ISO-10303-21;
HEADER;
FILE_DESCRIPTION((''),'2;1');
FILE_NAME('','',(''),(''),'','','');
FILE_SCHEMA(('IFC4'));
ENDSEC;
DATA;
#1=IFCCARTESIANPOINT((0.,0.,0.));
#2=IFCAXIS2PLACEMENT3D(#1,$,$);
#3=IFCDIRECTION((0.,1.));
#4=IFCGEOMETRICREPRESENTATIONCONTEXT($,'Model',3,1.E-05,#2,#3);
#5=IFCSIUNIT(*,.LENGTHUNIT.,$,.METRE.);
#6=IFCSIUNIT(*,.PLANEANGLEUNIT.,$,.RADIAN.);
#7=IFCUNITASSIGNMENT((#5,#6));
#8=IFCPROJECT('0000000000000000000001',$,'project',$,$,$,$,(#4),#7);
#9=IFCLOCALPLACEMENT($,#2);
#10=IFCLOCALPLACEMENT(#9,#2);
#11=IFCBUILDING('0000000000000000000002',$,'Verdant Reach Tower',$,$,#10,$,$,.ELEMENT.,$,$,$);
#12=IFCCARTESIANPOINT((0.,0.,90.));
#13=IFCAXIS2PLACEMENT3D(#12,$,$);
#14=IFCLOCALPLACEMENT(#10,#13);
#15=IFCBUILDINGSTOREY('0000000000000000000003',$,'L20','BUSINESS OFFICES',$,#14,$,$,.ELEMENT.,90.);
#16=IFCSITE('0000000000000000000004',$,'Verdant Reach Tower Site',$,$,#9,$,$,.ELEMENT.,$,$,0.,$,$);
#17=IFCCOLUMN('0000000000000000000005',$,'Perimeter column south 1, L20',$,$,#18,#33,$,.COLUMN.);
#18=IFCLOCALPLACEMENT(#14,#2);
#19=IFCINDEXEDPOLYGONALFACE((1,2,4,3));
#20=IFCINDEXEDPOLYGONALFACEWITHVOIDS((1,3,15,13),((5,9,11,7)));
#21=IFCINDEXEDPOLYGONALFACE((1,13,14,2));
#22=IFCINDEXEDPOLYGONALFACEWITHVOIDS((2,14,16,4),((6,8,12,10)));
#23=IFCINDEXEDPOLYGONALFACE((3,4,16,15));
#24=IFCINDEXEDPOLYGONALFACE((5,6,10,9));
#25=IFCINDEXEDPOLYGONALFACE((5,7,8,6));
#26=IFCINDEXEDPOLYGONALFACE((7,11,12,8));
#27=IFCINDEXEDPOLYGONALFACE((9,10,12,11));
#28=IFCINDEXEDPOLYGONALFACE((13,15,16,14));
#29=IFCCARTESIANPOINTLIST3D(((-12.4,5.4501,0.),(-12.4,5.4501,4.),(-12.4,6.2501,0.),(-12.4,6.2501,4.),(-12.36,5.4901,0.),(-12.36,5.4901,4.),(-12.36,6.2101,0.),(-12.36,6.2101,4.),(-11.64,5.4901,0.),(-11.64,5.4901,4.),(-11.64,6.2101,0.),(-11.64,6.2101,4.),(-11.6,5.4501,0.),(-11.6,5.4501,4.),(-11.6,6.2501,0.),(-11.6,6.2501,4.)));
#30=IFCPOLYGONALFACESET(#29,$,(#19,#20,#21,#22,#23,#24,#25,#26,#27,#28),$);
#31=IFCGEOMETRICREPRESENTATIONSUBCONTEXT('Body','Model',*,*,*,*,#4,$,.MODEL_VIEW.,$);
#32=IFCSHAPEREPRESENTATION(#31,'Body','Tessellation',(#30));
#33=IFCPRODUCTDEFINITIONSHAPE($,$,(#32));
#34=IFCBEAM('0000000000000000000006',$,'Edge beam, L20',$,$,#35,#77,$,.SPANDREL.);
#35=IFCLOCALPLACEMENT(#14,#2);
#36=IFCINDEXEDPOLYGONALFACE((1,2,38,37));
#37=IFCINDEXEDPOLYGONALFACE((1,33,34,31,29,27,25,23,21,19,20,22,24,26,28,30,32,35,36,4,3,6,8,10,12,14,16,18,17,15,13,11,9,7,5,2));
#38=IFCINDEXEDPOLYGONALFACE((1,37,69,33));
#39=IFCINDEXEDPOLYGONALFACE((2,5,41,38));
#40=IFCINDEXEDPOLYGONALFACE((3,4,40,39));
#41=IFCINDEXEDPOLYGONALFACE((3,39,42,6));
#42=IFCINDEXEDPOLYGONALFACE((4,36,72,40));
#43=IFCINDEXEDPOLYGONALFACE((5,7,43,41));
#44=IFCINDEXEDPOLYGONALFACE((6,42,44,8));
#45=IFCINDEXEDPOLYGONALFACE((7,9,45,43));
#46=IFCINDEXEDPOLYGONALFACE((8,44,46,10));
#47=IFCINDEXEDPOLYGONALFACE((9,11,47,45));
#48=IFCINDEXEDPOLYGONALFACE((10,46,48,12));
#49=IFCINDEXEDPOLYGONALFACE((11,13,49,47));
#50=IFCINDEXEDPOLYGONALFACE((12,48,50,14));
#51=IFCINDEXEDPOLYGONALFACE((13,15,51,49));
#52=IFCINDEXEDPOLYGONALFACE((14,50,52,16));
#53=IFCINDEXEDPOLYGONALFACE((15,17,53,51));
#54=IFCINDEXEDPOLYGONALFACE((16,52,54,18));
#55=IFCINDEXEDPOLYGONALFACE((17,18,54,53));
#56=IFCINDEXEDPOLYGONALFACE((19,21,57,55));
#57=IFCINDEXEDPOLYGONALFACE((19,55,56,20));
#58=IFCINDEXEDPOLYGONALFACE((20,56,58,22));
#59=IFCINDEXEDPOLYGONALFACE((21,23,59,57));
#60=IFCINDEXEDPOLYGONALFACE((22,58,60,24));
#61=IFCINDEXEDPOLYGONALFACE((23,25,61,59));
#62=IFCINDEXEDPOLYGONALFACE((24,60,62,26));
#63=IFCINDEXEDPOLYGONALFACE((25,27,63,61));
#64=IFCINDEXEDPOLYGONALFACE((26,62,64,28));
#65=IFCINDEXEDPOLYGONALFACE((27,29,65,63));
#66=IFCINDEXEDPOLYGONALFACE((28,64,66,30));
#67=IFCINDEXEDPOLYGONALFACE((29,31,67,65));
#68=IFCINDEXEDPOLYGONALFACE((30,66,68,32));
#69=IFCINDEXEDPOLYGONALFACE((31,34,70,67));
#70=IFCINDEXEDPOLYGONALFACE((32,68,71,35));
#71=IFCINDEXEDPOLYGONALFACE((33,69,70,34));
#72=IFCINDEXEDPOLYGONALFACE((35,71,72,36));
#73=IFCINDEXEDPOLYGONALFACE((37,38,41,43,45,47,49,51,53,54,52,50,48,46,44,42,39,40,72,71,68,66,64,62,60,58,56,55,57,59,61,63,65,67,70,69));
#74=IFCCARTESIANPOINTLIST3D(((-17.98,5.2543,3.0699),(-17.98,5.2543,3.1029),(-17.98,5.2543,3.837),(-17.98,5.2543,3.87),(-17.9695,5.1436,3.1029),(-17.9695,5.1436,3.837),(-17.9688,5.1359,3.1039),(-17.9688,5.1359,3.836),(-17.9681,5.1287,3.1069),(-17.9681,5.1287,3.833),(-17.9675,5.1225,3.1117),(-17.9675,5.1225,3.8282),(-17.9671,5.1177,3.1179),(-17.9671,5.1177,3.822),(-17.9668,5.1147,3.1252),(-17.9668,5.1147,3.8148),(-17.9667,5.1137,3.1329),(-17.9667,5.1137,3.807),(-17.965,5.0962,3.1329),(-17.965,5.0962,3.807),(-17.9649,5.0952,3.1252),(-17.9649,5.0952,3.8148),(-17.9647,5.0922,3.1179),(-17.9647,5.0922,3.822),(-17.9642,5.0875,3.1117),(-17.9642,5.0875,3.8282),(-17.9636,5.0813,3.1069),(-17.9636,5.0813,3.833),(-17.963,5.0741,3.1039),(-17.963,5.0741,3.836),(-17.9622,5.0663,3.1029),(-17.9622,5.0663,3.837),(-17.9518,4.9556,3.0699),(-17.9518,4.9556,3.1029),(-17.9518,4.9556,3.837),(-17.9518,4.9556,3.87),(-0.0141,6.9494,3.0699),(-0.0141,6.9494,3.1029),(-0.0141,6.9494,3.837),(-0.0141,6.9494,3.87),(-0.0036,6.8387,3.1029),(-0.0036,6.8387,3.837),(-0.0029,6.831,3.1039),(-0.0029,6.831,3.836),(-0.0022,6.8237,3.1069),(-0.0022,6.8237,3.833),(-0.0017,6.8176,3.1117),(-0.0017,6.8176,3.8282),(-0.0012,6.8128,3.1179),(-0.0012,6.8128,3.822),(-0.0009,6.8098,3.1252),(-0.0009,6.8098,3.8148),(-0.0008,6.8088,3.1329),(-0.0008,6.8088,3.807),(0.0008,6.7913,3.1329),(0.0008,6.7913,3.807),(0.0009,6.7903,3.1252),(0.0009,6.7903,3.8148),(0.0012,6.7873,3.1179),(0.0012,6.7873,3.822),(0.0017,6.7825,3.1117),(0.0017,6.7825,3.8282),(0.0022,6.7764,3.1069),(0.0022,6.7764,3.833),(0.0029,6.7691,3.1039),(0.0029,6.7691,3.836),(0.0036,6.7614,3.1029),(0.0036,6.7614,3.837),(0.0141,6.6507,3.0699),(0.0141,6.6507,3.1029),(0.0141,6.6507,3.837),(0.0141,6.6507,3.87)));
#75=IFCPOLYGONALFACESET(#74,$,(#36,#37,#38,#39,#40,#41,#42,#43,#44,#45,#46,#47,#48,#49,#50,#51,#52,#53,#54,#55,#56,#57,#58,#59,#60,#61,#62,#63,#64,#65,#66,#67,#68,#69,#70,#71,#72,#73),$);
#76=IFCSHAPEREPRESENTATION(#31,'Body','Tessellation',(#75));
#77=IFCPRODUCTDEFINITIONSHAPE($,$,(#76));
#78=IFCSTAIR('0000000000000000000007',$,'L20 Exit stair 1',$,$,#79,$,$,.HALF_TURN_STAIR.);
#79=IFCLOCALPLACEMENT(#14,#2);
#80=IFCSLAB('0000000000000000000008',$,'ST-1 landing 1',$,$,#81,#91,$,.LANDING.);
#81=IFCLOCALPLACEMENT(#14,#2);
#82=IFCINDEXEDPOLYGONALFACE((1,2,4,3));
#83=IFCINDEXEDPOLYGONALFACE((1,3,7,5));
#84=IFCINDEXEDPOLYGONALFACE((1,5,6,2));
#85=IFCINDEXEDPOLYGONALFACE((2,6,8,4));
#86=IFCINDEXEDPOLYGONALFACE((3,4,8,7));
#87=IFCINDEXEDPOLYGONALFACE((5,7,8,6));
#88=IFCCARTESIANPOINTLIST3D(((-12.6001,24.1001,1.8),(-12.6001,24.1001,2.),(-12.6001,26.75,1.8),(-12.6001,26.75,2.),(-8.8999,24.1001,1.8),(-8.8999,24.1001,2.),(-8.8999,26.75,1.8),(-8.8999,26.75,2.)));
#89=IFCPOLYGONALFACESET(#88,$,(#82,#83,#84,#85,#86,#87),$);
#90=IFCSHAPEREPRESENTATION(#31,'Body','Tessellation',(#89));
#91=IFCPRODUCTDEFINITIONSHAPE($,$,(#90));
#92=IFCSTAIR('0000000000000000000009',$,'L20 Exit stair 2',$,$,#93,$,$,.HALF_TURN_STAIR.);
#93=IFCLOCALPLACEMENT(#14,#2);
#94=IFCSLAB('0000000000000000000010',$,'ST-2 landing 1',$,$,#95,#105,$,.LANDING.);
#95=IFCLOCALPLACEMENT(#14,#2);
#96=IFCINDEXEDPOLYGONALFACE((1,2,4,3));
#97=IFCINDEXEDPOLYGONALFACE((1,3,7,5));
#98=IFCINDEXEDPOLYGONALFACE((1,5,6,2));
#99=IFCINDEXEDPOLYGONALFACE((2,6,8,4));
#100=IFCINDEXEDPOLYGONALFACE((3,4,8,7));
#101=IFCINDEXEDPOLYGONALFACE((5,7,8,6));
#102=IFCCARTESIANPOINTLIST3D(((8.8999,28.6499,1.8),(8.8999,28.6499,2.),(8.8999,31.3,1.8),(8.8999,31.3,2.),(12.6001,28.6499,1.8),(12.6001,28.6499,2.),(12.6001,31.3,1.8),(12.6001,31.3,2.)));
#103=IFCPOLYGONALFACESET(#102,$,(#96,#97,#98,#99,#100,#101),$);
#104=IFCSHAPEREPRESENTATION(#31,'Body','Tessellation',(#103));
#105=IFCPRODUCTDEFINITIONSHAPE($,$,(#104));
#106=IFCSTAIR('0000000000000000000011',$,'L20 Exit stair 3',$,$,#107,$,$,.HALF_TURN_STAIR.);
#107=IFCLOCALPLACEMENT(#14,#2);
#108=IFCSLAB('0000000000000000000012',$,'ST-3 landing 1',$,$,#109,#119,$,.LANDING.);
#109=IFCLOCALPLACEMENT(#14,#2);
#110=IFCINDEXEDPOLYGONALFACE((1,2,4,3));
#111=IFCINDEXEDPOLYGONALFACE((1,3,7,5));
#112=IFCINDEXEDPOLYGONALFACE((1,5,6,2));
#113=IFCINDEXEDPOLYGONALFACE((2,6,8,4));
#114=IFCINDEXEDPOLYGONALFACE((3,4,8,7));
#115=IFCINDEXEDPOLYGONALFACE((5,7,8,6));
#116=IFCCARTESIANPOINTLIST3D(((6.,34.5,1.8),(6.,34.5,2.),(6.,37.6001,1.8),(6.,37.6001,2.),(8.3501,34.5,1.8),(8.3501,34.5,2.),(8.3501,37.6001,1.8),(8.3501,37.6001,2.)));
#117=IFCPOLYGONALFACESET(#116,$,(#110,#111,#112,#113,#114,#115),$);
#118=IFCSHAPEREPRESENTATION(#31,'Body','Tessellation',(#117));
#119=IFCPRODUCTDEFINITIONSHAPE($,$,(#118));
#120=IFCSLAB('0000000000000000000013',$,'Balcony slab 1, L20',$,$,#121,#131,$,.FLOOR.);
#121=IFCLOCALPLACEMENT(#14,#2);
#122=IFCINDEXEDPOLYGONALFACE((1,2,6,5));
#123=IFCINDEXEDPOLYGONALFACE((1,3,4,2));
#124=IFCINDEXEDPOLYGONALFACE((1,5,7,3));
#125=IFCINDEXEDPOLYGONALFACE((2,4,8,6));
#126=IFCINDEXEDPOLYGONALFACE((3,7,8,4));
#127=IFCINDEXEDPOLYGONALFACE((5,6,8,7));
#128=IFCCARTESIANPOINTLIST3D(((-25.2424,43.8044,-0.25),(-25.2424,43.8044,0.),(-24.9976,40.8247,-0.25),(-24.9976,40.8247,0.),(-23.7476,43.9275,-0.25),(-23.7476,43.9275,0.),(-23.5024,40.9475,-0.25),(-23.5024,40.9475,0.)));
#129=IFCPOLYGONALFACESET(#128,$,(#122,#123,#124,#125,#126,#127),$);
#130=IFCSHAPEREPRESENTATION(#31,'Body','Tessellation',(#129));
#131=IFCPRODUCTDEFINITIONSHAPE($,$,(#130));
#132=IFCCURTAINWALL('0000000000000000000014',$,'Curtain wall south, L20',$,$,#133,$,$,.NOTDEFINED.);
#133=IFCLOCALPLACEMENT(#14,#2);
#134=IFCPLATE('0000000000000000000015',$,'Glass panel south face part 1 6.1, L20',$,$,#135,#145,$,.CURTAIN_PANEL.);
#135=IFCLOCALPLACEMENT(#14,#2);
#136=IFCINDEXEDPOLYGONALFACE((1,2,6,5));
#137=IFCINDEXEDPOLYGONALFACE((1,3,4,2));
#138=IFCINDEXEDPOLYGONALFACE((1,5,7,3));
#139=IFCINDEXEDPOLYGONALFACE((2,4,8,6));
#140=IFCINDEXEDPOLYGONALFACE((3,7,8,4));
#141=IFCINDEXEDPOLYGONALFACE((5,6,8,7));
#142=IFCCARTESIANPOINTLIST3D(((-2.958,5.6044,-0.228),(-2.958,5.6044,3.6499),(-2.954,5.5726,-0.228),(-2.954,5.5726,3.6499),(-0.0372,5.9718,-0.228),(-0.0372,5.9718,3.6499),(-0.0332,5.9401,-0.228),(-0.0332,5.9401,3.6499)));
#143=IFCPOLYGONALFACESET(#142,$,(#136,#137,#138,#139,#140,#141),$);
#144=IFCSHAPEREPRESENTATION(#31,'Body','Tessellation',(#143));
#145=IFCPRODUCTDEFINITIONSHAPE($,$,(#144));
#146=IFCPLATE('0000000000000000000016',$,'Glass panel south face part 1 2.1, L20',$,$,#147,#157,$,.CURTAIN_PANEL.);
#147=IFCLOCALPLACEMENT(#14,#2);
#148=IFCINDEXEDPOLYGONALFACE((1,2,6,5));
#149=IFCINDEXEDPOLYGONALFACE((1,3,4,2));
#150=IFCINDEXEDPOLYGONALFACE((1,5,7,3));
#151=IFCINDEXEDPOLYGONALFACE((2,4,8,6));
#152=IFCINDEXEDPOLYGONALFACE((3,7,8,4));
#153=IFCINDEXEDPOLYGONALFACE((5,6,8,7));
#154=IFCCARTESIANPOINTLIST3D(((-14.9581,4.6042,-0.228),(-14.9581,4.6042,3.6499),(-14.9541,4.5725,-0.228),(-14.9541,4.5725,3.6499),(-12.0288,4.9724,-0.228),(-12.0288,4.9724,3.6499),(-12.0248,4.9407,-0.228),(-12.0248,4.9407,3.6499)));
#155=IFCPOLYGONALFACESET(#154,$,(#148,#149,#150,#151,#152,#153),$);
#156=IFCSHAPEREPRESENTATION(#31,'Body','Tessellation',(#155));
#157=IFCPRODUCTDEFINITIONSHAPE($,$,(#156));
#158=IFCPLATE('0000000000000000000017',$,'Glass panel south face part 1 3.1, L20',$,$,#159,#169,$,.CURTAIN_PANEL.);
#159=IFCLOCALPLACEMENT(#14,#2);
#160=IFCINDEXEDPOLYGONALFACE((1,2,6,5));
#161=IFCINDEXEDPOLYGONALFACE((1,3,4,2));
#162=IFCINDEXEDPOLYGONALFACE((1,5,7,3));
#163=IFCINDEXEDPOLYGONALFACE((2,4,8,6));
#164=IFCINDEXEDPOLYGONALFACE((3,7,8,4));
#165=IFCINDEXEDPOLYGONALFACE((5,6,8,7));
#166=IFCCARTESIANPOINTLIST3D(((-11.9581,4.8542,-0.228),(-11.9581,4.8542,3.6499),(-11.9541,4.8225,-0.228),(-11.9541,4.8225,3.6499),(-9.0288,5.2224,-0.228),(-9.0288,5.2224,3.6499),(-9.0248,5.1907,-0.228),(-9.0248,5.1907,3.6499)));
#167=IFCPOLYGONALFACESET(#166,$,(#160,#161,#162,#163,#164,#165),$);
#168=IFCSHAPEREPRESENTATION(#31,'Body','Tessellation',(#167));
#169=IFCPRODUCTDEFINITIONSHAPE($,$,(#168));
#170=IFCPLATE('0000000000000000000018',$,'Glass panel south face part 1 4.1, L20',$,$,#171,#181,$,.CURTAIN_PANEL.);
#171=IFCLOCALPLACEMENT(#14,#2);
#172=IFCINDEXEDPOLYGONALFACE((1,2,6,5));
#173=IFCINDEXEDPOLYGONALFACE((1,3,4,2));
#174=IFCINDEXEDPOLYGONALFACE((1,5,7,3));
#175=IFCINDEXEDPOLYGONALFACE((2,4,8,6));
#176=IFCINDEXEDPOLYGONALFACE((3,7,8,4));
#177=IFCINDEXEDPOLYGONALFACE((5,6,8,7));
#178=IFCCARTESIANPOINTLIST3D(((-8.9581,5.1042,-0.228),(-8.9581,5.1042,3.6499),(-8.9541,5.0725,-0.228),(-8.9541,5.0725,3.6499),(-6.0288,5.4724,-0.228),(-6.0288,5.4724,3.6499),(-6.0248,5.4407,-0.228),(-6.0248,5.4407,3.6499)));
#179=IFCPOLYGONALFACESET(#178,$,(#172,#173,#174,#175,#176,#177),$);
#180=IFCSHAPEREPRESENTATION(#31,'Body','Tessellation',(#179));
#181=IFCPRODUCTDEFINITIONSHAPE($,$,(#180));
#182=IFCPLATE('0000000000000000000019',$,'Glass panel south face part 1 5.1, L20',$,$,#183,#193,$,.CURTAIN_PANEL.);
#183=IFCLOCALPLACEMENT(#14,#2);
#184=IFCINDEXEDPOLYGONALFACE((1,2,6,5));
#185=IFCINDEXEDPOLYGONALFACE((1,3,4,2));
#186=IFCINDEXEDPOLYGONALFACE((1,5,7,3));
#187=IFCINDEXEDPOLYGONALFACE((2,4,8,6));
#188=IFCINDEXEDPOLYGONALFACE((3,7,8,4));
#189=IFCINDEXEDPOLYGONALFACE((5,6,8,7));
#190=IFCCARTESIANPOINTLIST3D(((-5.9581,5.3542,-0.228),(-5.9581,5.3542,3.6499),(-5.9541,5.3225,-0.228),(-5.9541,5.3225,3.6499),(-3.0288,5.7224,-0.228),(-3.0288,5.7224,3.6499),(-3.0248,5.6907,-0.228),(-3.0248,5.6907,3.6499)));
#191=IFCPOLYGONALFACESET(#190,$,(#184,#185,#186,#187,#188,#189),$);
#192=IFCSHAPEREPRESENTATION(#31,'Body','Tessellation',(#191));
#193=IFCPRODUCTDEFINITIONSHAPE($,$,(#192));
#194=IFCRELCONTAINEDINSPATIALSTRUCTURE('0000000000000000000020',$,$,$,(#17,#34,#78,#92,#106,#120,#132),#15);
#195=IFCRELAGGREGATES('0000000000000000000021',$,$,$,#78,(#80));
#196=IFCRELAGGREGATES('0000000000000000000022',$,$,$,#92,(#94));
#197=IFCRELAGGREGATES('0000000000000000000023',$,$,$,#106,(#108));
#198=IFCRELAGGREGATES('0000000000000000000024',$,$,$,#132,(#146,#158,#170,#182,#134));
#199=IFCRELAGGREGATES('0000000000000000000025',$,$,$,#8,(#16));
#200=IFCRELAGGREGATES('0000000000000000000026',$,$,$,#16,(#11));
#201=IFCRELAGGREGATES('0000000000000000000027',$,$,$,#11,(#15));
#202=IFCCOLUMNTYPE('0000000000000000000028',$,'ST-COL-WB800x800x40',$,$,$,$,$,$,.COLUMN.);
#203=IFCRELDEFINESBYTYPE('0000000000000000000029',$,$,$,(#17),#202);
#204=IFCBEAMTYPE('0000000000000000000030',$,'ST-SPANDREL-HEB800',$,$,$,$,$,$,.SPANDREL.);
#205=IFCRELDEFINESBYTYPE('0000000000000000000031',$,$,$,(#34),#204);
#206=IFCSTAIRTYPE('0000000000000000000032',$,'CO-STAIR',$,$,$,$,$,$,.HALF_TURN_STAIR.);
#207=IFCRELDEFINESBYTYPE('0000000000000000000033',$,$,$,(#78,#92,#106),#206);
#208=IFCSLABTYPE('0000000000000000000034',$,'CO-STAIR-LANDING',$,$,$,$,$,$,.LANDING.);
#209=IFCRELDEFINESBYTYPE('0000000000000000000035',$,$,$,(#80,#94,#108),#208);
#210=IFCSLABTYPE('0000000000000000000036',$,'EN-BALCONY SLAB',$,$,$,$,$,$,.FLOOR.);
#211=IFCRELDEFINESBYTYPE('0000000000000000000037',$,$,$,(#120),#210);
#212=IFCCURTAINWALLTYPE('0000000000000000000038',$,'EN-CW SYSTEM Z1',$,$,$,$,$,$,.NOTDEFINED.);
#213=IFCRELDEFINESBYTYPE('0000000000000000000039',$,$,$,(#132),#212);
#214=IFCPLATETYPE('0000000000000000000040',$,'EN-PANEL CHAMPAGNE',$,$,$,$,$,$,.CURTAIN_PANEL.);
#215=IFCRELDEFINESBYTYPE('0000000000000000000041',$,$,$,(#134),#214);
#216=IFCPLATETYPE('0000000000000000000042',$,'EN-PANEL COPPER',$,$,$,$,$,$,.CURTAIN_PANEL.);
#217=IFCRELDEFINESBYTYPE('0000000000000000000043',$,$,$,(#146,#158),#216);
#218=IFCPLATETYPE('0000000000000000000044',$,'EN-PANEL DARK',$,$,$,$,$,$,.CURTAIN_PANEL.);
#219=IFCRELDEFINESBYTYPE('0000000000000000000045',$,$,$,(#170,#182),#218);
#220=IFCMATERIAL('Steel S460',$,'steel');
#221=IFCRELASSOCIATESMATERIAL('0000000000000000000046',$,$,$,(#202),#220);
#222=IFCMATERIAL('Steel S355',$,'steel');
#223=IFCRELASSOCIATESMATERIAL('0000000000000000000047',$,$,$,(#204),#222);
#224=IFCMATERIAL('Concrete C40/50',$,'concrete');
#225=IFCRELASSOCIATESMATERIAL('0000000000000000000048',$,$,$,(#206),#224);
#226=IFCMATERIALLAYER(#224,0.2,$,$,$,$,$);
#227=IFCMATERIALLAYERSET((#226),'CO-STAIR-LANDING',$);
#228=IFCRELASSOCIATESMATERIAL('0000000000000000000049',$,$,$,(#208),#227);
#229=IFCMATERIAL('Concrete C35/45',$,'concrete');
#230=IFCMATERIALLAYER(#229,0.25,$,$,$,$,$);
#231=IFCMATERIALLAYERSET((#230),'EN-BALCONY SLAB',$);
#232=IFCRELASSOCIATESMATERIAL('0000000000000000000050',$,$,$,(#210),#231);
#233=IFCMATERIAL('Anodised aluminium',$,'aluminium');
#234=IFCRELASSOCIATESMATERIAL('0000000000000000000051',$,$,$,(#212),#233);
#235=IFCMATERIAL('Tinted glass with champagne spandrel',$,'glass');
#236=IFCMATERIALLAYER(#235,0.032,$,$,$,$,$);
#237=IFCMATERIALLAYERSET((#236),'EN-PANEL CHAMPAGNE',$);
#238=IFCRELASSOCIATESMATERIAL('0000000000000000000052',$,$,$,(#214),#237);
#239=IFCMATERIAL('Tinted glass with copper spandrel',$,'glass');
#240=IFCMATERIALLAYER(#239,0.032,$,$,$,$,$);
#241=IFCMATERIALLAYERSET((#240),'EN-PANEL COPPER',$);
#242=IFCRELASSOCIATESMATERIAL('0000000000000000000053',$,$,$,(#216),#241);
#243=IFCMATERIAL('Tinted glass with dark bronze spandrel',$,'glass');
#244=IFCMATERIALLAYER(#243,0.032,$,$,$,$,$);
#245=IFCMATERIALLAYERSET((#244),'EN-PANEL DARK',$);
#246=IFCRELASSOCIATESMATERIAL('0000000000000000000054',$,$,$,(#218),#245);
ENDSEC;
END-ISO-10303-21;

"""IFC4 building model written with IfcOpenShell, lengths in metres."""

from ifc_helpers import new_model, si_unit, direction, frame, origin, origin_2d, place, context, subcontext, project, spatial, polyline, rectangle, hollow_rectangle, i_section, outline, extrude, material, layer, layer_set, material_profile, profile_set, type_object, element, aggregate, save


model = new_model("IFC4")

# Units and contexts
model_context = context("Model", 3, precision=1e-05, world=origin(), true_north=direction((0.0, 1.0)))
body_context = subcontext(model_context, "Body", "Model", "MODEL_VIEW")
ifc_project = project(units=[si_unit("LENGTHUNIT", "METRE"), si_unit("PLANEANGLEUNIT", "RADIAN")], contexts=[model_context])

# Site, building, storey
site_placement = place(None, origin())
site = spatial("IfcSite", under=ifc_project, at=site_placement, Name="Verdant Reach Tower Site", CompositionType="ELEMENT", RefElevation=0.0)
building_placement = place(site_placement, origin())
building = spatial("IfcBuilding", under=site, at=building_placement, Name="Verdant Reach Tower", CompositionType="ELEMENT")
storey_placement = place(building_placement, frame((0.0, 0.0, 90.0)))
storey = spatial("IfcBuildingStorey", under=building, at=storey_placement, Name="L20", Description="BUSINESS OFFICES", CompositionType="ELEMENT", Elevation=90.0)

# Column
ifc_material_1 = material(Name="Steel S460", Category="steel")
ifc_material_profile_1 = material_profile(ifc_material_1, hollow_rectangle(XDim=0.8, YDim=0.8, WallThickness=0.04, at=origin_2d()), Name="WB 800x800x40")
ifc_profile_set_1 = profile_set([ifc_material_profile_1], Name="Steel S460")
column_type = type_object("IfcColumnType", Name="ST-COL-WB800x800x40", PredefinedType="COLUMN", material=ifc_profile_set_1)
column_placement = place(storey_placement, frame((-12.0, 5.8501, 0.0), z_axis=(0.0, 0.0, 1.0), x_axis=(1.0, 0.0, 0.0)))
element("IfcColumn", 1, at=column_placement, inside=storey, type_object=column_type, Name="Perimeter column south 1, L20", PredefinedType="COLUMN", context=body_context, shape_type="SweptSolid", body=[
    extrude(hollow_rectangle(XDim=0.8, YDim=0.8, WallThickness=0.04, at=origin_2d()), origin(), (0.0, 0.0, 1.0), 4.0),
])

# Beam
ifc_material_2 = material(Name="Steel S355", Category="steel")
ifc_material_profile_2 = material_profile(ifc_material_2, i_section(OverallWidth=0.3, OverallDepth=0.8, WebThickness=0.0176, FlangeThickness=0.033, FilletRadius=0.03, at=origin_2d()), Name="HEB 800")
ifc_profile_set_2 = profile_set([ifc_material_profile_2], Name="Steel S355")
beam_type = type_object("IfcBeamType", Name="ST-SPANDREL-HEB800", PredefinedType="SPANDREL", material=ifc_profile_set_2)
beam_placement = place(storey_placement, frame((0.0, 6.8, 3.47), z_axis=(-0.995579, -0.093932, 0.0), x_axis=(0.093932, -0.995579, 0.0)))
element("IfcBeam", 2, at=beam_placement, inside=storey, type_object=beam_type, Name="Edge beam, L20", PredefinedType="SPANDREL", context=body_context, shape_type="SweptSolid", body=[
    extrude(i_section(OverallWidth=0.3, OverallDepth=0.8, WebThickness=0.0176, FlangeThickness=0.033, FilletRadius=0.03, at=origin_2d()), origin(), (0.0, 0.0, 1.0), 18.0457),
])

# Stairs, slabs
ifc_material_3 = material(Name="Concrete C40/50", Category="concrete")
stair_type = type_object("IfcStairType", Name="CO-STAIR", PredefinedType="HALF_TURN_STAIR", material=ifc_material_3)
stair_1_placement = place(storey_placement, origin())
stair_1 = element("IfcStair", 3, at=stair_1_placement, inside=storey, type_object=stair_type, Name="L20 Exit stair 1", PredefinedType="HALF_TURN_STAIR")
ifc_layer_1 = layer(ifc_material_3, 0.2)
ifc_layer_set_1 = layer_set([ifc_layer_1], Name="CO-STAIR-LANDING")
slab_type_1 = type_object("IfcSlabType", Name="CO-STAIR-LANDING", PredefinedType="LANDING", material=ifc_layer_set_1)
slab_1_placement = place(storey_placement, frame((0.0, 0.0, 1.8)))
slab_1 = element("IfcSlab", 4, at=slab_1_placement, type_object=slab_type_1, Name="ST-1 landing 1", PredefinedType="LANDING", context=body_context, shape_type="SweptSolid", body=[
    extrude(outline(polyline([(-12.6001, 26.75), (-12.6001, 24.1001), (-8.8999, 24.1001), (-8.8999, 26.75), (-12.6001, 26.75)])), origin(), (0.0, 0.0, 1.0), 0.2),
])
aggregate(stair_1, [slab_1])
stair_2_placement = place(storey_placement, origin())
stair_2 = element("IfcStair", 5, at=stair_2_placement, inside=storey, type_object=stair_type, Name="L20 Exit stair 2", PredefinedType="HALF_TURN_STAIR")
slab_2_placement = place(storey_placement, frame((0.0, 0.0, 1.8)))
slab_2 = element("IfcSlab", 6, at=slab_2_placement, type_object=slab_type_1, Name="ST-2 landing 1", PredefinedType="LANDING", context=body_context, shape_type="SweptSolid", body=[
    extrude(outline(polyline([(12.6001, 28.6499), (12.6001, 31.3), (8.8999, 31.3), (8.8999, 28.6499), (12.6001, 28.6499)])), origin(), (0.0, 0.0, 1.0), 0.2),
])
aggregate(stair_2, [slab_2])
stair_3_placement = place(storey_placement, origin())
stair_3 = element("IfcStair", 7, at=stair_3_placement, inside=storey, type_object=stair_type, Name="L20 Exit stair 3", PredefinedType="HALF_TURN_STAIR")
slab_3_placement = place(storey_placement, frame((0.0, 0.0, 1.8)))
slab_3 = element("IfcSlab", 8, at=slab_3_placement, type_object=slab_type_1, Name="ST-3 landing 1", PredefinedType="LANDING", context=body_context, shape_type="SweptSolid", body=[
    extrude(outline(polyline([(8.3501, 37.6001), (6.0, 37.6001), (6.0, 34.5), (8.3501, 34.5), (8.3501, 37.6001)])), origin(), (0.0, 0.0, 1.0), 0.2),
])
aggregate(stair_3, [slab_3])

# Slab
ifc_material_4 = material(Name="Concrete C35/45", Category="concrete")
ifc_layer_2 = layer(ifc_material_4, 0.25)
ifc_layer_set_2 = layer_set([ifc_layer_2], Name="EN-BALCONY SLAB")
slab_type_2 = type_object("IfcSlabType", Name="EN-BALCONY SLAB", PredefinedType="FLOOR", material=ifc_layer_set_2)
slab_4_placement = place(storey_placement, frame((0.0, 0.0, -0.25)))
element("IfcSlab", 9, at=slab_4_placement, inside=storey, type_object=slab_type_2, Name="Balcony slab 1, L20", PredefinedType="FLOOR", context=body_context, shape_type="SweptSolid", body=[
    extrude(outline(polyline([(-23.7476, 43.9275), (-23.5024, 40.9475), (-24.9976, 40.8247), (-25.2424, 43.8044), (-23.7476, 43.9275)])), origin(), (0.0, 0.0, 1.0), 0.25),
])

# Curtain wall, plates
ifc_material_5 = material(Name="Anodised aluminium", Category="aluminium")
curtain_wall_type = type_object("IfcCurtainWallType", Name="EN-CW SYSTEM Z1", PredefinedType="NOTDEFINED", material=ifc_material_5)
curtain_wall_placement = place(storey_placement, origin())
curtain_wall = element("IfcCurtainWall", 10, at=curtain_wall_placement, inside=storey, type_object=curtain_wall_type, Name="Curtain wall south, L20", PredefinedType="NOTDEFINED")
ifc_material_6 = material(Name="Tinted glass with champagne spandrel", Category="glass")
ifc_layer_3 = layer(ifc_material_6, 0.032)
ifc_layer_set_3 = layer_set([ifc_layer_3], Name="EN-PANEL CHAMPAGNE")
plate_type_1 = type_object("IfcPlateType", Name="EN-PANEL CHAMPAGNE", PredefinedType="CURTAIN_PANEL", material=ifc_layer_set_3)
plate_1_placement = place(storey_placement, frame((-1.4956, 5.7722, -0.228), z_axis=(0.0, 0.0, 1.0), x_axis=(0.992179, 0.124821, 0.0)))
plate_1 = element("IfcPlate", 11, at=plate_1_placement, type_object=plate_type_1, Name="Glass panel south face part 1 6.1, L20", PredefinedType="CURTAIN_PANEL", context=body_context, shape_type="SweptSolid", body=[
    extrude(rectangle(XDim=2.9438, YDim=0.032, at=origin_2d()), origin(), (0.0, 0.0, 1.0), 3.8779),
])
ifc_material_7 = material(Name="Tinted glass with copper spandrel", Category="glass")
ifc_layer_4 = layer(ifc_material_7, 0.032)
ifc_layer_set_4 = layer_set([ifc_layer_4], Name="EN-PANEL COPPER")
plate_type_2 = type_object("IfcPlateType", Name="EN-PANEL COPPER", PredefinedType="CURTAIN_PANEL", material=ifc_layer_set_4)
plate_2_placement = place(storey_placement, frame((-13.4915, 4.7725, -0.228), z_axis=(0.0, 0.0, 1.0), x_axis=(0.992194, 0.124704, 0.0)))
plate_2 = element("IfcPlate", 12, at=plate_2_placement, type_object=plate_type_2, Name="Glass panel south face part 1 2.1, L20", PredefinedType="CURTAIN_PANEL", context=body_context, shape_type="SweptSolid", body=[
    extrude(rectangle(XDim=2.9524, YDim=0.032, at=origin_2d()), origin(), (0.0, 0.0, 1.0), 3.8779),
])
plate_3_placement = place(storey_placement, frame((-10.4915, 5.0225, -0.228), z_axis=(0.0, 0.0, 1.0), x_axis=(0.992194, 0.124704, 0.0)))
plate_3 = element("IfcPlate", 13, at=plate_3_placement, type_object=plate_type_2, Name="Glass panel south face part 1 3.1, L20", PredefinedType="CURTAIN_PANEL", context=body_context, shape_type="SweptSolid", body=[
    extrude(rectangle(XDim=2.9524, YDim=0.032, at=origin_2d()), origin(), (0.0, 0.0, 1.0), 3.8779),
])
ifc_material_8 = material(Name="Tinted glass with dark bronze spandrel", Category="glass")
ifc_layer_5 = layer(ifc_material_8, 0.032)
ifc_layer_set_5 = layer_set([ifc_layer_5], Name="EN-PANEL DARK")
plate_type_3 = type_object("IfcPlateType", Name="EN-PANEL DARK", PredefinedType="CURTAIN_PANEL", material=ifc_layer_set_5)
plate_4_placement = place(storey_placement, frame((-7.4915, 5.2725, -0.228), z_axis=(0.0, 0.0, 1.0), x_axis=(0.992194, 0.124704, 0.0)))
plate_4 = element("IfcPlate", 14, at=plate_4_placement, type_object=plate_type_3, Name="Glass panel south face part 1 4.1, L20", PredefinedType="CURTAIN_PANEL", context=body_context, shape_type="SweptSolid", body=[
    extrude(rectangle(XDim=2.9524, YDim=0.032, at=origin_2d()), origin(), (0.0, 0.0, 1.0), 3.8779),
])
plate_5_placement = place(storey_placement, frame((-4.4915, 5.5225, -0.228), z_axis=(0.0, 0.0, 1.0), x_axis=(0.992194, 0.124704, 0.0)))
plate_5 = element("IfcPlate", 15, at=plate_5_placement, type_object=plate_type_3, Name="Glass panel south face part 1 5.1, L20", PredefinedType="CURTAIN_PANEL", context=body_context, shape_type="SweptSolid", body=[
    extrude(rectangle(XDim=2.9524, YDim=0.032, at=origin_2d()), origin(), (0.0, 0.0, 1.0), 3.8779),
])
aggregate(curtain_wall, [plate_2, plate_3, plate_4, plate_5, plate_1])

save(model, "model.ifc")
